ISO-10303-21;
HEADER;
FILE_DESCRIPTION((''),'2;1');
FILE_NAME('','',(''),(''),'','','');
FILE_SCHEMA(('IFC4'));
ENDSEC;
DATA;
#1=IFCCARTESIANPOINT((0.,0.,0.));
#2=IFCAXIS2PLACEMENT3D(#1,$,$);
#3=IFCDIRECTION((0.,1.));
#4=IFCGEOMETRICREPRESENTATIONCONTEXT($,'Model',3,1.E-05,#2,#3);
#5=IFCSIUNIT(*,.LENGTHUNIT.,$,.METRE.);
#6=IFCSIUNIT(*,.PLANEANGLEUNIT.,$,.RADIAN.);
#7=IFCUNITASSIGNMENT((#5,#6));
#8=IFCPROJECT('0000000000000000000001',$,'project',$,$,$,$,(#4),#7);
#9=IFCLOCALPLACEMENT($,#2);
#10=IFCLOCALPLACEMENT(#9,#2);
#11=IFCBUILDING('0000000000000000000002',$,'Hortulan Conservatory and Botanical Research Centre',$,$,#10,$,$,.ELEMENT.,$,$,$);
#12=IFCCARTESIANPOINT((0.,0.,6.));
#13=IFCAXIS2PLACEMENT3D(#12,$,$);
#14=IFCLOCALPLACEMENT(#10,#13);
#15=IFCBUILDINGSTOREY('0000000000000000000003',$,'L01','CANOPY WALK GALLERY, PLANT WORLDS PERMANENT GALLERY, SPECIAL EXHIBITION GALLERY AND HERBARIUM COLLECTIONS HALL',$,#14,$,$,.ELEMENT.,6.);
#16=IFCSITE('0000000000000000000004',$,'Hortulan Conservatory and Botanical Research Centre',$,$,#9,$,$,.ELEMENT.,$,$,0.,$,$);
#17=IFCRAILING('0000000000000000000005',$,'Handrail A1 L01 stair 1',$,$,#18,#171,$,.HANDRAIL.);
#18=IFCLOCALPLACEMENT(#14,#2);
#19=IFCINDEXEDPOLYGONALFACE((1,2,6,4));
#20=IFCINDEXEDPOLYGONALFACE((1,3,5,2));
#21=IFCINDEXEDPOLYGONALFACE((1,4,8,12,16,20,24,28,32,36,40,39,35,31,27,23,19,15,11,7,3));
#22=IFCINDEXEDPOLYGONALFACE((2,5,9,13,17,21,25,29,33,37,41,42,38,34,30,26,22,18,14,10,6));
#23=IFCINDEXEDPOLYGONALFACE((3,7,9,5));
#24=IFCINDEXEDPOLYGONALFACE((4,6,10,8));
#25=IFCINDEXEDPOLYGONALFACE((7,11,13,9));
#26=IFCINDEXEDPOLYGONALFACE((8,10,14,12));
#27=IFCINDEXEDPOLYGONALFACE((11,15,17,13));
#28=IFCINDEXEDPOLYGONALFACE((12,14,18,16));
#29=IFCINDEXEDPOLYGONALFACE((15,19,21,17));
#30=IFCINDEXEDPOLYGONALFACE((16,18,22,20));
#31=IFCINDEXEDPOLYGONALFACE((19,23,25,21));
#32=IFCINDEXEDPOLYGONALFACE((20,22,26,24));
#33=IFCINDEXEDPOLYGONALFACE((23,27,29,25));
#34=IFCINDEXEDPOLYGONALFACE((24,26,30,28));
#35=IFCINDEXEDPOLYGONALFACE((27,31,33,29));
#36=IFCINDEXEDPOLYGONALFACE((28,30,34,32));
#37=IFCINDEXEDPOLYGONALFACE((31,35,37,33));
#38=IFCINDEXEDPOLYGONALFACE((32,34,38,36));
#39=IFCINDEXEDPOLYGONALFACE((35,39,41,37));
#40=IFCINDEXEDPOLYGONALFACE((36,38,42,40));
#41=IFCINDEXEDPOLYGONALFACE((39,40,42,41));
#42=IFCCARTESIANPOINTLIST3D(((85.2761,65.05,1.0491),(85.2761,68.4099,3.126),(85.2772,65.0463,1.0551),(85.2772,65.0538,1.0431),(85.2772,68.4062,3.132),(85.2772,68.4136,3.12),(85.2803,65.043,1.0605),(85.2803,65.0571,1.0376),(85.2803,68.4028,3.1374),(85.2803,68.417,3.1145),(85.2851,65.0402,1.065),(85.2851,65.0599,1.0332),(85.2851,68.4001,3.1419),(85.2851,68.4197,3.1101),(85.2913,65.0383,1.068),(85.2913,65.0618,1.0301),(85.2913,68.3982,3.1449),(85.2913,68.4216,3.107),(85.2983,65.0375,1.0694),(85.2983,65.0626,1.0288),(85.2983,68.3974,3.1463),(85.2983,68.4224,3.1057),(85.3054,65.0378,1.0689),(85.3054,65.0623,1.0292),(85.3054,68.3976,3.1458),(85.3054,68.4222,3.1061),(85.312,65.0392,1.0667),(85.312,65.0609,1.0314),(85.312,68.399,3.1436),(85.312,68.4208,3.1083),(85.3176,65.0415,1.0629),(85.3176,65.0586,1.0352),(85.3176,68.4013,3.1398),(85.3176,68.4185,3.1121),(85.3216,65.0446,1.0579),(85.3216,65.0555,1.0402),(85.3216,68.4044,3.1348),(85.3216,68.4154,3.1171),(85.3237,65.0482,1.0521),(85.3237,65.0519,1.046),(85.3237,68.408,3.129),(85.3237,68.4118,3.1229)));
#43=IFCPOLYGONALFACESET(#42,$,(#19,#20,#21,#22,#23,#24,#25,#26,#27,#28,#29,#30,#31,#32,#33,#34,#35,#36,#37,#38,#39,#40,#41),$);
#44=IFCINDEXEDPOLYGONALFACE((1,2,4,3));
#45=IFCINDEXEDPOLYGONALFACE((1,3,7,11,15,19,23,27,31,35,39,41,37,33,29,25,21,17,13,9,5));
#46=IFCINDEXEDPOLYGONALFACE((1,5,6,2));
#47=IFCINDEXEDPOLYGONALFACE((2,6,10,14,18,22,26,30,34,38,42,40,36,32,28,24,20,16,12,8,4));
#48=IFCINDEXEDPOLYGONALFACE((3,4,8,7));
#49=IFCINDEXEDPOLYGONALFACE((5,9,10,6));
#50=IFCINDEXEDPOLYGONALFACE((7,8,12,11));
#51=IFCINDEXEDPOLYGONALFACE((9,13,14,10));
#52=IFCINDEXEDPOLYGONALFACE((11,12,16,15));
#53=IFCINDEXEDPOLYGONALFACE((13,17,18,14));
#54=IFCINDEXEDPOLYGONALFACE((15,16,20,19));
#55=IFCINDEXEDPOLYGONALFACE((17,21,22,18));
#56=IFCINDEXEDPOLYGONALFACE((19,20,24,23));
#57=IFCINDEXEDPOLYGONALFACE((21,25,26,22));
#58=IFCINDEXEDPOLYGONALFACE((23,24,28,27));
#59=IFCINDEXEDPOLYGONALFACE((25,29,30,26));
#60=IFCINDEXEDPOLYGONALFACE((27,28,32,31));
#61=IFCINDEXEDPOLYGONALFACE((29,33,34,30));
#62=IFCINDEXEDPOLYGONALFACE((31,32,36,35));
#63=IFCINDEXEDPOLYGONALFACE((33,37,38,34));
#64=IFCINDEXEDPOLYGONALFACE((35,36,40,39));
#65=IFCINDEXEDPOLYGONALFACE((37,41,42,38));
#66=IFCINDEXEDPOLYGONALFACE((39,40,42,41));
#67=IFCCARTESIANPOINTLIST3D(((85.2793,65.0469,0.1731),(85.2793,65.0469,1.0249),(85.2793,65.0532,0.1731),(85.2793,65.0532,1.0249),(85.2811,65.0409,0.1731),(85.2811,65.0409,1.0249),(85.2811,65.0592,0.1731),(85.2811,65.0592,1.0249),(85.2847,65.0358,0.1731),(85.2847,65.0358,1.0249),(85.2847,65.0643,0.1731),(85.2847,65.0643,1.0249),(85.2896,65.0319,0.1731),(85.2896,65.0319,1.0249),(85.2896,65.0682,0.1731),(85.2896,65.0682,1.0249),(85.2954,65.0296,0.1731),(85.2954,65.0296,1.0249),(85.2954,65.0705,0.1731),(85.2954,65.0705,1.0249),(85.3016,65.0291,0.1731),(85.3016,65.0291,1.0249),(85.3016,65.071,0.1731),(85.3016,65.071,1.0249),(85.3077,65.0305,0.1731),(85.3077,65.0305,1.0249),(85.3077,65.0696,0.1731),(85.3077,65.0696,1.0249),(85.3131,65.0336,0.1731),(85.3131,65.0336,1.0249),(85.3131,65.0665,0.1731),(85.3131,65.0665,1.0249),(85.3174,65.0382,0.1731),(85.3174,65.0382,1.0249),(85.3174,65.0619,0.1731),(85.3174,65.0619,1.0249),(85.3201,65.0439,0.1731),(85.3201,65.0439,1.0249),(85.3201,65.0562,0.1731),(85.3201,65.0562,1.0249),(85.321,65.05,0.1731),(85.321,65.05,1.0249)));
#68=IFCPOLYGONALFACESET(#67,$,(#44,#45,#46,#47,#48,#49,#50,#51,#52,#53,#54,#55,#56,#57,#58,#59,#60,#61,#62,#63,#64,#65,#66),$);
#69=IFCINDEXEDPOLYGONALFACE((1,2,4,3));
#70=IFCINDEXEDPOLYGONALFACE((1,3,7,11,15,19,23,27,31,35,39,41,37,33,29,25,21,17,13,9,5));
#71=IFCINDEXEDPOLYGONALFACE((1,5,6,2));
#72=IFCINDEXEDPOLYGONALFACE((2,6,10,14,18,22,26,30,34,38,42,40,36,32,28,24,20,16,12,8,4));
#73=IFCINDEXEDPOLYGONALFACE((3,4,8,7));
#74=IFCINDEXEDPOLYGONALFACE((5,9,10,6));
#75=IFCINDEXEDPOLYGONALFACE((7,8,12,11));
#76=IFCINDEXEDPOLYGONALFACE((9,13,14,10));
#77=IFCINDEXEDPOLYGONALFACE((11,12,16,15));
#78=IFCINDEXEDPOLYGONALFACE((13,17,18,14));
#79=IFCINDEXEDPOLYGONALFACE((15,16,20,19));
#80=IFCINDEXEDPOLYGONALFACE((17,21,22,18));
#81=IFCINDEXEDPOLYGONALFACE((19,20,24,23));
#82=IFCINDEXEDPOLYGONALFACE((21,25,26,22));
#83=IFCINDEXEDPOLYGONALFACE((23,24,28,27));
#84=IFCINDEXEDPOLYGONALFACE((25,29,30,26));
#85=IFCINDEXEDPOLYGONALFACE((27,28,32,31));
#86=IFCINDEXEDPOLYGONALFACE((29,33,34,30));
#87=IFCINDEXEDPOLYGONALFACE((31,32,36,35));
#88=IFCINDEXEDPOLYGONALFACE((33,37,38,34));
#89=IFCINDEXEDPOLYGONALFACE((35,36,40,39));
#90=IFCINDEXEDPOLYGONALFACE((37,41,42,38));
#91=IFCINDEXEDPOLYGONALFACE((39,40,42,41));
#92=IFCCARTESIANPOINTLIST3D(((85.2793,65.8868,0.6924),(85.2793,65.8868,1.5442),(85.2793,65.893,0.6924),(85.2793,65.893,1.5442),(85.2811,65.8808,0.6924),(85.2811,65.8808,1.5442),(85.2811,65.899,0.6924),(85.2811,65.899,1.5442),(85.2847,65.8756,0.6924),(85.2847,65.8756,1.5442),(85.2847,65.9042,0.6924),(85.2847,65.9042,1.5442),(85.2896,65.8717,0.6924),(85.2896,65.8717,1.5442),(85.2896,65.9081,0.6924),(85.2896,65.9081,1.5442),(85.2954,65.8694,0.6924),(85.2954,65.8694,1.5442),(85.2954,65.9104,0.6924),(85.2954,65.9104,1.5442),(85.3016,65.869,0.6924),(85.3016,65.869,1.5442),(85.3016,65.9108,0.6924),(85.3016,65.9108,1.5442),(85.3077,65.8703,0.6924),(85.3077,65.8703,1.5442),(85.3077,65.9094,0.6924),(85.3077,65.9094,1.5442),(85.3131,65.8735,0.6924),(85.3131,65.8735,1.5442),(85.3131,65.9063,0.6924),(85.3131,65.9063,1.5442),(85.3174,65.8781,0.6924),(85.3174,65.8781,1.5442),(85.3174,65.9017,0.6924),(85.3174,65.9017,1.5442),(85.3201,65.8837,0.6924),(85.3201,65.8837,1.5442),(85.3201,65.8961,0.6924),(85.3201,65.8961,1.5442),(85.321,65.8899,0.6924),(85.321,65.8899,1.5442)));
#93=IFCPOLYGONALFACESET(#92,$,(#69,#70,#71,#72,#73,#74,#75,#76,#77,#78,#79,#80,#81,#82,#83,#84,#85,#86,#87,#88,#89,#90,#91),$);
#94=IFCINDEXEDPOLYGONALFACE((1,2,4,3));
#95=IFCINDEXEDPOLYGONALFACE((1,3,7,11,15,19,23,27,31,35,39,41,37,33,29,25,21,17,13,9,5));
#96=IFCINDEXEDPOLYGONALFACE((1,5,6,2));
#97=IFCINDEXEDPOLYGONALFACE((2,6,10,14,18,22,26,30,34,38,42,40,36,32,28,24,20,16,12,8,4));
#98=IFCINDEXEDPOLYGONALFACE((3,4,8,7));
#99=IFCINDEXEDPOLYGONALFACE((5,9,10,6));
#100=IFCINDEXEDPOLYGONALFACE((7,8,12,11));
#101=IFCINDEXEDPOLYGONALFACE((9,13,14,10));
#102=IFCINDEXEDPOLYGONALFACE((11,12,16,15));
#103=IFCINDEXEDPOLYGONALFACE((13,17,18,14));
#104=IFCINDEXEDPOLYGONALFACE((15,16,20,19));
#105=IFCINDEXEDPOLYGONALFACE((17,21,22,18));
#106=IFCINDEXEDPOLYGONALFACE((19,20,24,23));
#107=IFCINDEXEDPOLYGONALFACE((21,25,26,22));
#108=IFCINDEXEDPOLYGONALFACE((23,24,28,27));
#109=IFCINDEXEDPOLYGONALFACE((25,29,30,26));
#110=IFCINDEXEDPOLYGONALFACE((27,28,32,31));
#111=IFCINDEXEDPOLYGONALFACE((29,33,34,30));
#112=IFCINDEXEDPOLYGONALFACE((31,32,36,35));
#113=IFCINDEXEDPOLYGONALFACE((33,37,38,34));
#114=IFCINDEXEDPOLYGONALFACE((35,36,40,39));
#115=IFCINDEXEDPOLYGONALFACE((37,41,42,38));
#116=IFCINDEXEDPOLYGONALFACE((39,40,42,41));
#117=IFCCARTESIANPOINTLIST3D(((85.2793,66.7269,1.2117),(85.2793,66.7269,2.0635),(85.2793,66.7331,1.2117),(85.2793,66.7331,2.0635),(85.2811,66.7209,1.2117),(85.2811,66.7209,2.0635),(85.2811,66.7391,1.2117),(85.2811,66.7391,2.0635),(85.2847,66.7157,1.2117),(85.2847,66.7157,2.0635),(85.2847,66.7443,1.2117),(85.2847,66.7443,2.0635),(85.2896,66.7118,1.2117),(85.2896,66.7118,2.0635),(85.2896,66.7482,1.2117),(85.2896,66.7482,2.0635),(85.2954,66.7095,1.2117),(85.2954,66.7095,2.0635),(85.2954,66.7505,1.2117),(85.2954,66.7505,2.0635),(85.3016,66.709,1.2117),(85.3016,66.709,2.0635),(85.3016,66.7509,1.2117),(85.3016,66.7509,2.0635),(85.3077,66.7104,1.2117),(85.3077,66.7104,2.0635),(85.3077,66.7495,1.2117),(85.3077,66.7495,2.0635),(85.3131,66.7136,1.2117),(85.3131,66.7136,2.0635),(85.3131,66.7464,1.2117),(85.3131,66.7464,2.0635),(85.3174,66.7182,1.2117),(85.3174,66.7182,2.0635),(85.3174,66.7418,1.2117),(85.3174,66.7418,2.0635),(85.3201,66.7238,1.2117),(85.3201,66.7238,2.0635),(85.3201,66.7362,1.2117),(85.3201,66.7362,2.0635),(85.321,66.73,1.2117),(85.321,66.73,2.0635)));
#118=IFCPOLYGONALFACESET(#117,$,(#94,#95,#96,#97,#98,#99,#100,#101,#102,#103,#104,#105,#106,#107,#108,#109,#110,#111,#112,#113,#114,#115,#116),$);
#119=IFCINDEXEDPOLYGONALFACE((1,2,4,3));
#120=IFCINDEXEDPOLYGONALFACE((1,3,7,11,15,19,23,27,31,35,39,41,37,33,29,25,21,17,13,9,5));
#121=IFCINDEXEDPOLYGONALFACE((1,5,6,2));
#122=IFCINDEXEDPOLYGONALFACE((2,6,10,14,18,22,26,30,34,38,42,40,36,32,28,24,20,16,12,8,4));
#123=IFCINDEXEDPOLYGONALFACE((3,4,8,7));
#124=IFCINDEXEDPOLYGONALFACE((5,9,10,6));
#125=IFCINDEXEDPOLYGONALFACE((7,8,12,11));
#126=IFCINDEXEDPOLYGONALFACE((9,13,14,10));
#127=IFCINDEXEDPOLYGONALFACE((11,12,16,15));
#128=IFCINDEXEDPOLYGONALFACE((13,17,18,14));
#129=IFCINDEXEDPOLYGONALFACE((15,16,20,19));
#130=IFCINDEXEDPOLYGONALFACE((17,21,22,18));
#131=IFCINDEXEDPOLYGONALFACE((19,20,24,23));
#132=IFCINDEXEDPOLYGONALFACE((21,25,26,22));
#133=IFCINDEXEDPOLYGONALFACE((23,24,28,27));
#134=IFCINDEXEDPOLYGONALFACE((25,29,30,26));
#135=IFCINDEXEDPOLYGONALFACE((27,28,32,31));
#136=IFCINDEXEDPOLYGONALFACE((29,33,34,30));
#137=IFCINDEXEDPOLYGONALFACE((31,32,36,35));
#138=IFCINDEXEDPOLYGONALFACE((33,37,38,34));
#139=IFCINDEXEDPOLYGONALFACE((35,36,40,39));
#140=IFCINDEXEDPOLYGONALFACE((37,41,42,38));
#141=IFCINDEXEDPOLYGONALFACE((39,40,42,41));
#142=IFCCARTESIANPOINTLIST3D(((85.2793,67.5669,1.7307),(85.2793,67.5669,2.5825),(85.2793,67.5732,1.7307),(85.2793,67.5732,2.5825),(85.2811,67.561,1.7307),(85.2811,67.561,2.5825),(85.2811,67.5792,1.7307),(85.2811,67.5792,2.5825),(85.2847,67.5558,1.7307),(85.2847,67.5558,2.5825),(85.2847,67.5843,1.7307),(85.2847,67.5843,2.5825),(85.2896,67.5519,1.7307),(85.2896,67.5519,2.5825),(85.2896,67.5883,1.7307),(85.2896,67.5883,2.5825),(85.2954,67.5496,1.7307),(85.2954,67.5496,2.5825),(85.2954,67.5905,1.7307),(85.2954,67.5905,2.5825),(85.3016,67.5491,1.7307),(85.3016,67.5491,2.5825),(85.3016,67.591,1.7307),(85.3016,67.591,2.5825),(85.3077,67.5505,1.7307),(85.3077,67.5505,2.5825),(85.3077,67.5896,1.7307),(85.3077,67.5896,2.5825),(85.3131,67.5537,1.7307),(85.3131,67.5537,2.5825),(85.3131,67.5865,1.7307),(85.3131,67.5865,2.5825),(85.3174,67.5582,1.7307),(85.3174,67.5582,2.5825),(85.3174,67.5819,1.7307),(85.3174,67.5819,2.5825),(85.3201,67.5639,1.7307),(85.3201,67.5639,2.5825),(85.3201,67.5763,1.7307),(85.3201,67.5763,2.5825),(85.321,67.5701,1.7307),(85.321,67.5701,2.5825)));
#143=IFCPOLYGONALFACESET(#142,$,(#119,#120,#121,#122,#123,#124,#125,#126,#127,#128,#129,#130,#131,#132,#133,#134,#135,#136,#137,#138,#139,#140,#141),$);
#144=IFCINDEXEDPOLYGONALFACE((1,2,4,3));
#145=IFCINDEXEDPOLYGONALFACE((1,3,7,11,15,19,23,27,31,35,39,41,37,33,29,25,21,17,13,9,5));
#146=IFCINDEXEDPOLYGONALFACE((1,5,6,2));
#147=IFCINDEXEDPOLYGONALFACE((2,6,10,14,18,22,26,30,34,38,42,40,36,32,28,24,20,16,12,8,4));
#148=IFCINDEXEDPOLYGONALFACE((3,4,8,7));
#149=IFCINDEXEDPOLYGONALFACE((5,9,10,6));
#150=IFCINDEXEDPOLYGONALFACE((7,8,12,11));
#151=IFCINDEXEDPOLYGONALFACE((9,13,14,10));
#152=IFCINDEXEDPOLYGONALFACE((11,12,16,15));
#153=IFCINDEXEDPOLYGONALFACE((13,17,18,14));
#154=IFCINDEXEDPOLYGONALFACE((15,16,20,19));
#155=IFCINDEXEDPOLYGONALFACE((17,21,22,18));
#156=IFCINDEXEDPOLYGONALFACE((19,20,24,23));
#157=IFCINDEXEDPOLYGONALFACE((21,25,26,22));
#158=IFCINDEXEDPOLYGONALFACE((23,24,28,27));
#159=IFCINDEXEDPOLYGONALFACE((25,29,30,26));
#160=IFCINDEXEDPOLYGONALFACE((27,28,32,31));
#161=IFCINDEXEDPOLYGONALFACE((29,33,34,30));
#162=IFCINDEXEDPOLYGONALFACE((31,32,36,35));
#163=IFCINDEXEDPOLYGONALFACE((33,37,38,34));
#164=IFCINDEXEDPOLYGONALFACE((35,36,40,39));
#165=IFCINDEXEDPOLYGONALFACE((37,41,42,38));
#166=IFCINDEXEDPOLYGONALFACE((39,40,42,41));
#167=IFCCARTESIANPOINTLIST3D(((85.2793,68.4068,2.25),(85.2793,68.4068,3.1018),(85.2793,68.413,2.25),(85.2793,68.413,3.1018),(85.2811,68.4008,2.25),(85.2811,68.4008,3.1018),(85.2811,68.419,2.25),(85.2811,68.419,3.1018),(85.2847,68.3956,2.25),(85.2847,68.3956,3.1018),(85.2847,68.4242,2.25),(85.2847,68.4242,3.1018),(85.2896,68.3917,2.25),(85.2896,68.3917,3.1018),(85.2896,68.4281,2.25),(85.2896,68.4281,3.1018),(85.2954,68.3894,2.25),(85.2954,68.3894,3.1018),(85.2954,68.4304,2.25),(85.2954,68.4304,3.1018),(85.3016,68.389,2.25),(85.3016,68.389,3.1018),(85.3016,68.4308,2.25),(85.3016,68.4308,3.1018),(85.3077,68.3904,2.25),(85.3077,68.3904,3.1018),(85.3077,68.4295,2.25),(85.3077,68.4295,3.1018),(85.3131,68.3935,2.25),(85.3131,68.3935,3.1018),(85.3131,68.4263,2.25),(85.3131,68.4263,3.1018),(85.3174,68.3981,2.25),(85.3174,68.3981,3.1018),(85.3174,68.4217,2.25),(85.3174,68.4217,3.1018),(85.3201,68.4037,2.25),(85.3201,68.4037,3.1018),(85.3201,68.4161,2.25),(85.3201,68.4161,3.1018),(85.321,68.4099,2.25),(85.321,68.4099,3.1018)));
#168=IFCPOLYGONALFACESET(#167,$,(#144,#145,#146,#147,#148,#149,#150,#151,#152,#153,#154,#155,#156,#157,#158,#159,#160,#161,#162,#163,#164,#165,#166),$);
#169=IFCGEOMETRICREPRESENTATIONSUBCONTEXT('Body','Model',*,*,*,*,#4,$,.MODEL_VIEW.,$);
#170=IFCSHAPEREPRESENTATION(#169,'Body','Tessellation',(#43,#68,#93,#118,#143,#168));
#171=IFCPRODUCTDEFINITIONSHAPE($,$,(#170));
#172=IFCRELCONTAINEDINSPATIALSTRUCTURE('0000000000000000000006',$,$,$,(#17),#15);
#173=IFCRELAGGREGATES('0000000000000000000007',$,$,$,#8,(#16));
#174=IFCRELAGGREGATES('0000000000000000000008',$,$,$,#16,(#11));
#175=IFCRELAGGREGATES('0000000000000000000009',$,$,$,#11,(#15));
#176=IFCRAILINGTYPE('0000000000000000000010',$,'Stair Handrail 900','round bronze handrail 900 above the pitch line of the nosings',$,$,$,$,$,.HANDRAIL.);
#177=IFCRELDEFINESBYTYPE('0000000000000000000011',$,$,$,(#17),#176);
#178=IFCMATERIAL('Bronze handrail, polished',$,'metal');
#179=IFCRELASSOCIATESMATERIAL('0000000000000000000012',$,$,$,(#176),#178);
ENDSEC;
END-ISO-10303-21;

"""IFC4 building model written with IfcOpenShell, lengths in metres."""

from ifc_helpers import new_model, si_unit, direction, frame, origin, origin_2d, place, context, subcontext, project, spatial, circle, extrude, material, type_object, element, save


model = new_model("IFC4")

# Units and contexts
model_context = context("Model", 3, precision=1e-05, world=origin(), true_north=direction((0.0, 1.0)))
body_context = subcontext(model_context, "Body", "Model", "MODEL_VIEW")
ifc_project = project(units=[si_unit("LENGTHUNIT", "METRE"), si_unit("PLANEANGLEUNIT", "RADIAN")], contexts=[model_context])

# Site, building, storey
site_placement = place(None, origin())
site = spatial("IfcSite", under=ifc_project, at=site_placement, Name="Hortulan Conservatory and Botanical Research Centre", CompositionType="ELEMENT", RefElevation=0.0)
building_placement = place(site_placement, origin())
building = spatial("IfcBuilding", under=site, at=building_placement, Name="Hortulan Conservatory and Botanical Research Centre", CompositionType="ELEMENT")
storey_placement = place(building_placement, frame((0.0, 0.0, 6.0)))
storey = spatial("IfcBuildingStorey", under=building, at=storey_placement, Name="L01", Description="CANOPY WALK GALLERY, PLANT WORLDS PERMANENT GALLERY, SPECIAL EXHIBITION GALLERY AND HERBARIUM COLLECTIONS HALL", CompositionType="ELEMENT", Elevation=6.0)

# Railing
ifc_material_1 = material(Name="Bronze handrail, polished", Category="metal")
railing_type_1 = type_object("IfcRailingType", Name="Stair Handrail 900", Description="round bronze handrail 900 above the pitch line of the nosings", PredefinedType="HANDRAIL", material=ifc_material_1)
railing_1_placement = place(storey_placement, frame((85.3, 65.05, 0.1731)))
element("IfcRailing", 1, at=railing_1_placement, inside=storey, type_object=railing_type_1, Name="Handrail A1 L01 stair 1", PredefinedType="HANDRAIL", context=body_context, shape_type="SweptSolid", body=[
    extrude(circle(Radius=0.0239, at=origin_2d()), frame((0.0, 0.0, 0.876), z_axis=(0.0, 0.850606, 0.525803), x_axis=(-1.0, 0.0, 0.0)), (0.0, 0.0, 1.0), 3.95),
    extrude(circle(Radius=0.021, at=origin_2d()), origin(), (0.0, 0.0, 1.0), 0.8518),
    extrude(circle(Radius=0.021, at=origin_2d()), frame((0.0, 0.8398, 0.5193)), (0.0, 0.0, 1.0), 0.8518),
    extrude(circle(Radius=0.021, at=origin_2d()), frame((0.0, 1.6799, 1.0386)), (0.0, 0.0, 1.0), 0.8518),
    extrude(circle(Radius=0.021, at=origin_2d()), frame((0.0, 2.52, 1.5576)), (0.0, 0.0, 1.0), 0.8518),
    extrude(circle(Radius=0.021, at=origin_2d()), frame((0.0, 3.3599, 2.0769)), (0.0, 0.0, 1.0), 0.8518),
])

save(model, "model.ifc")
